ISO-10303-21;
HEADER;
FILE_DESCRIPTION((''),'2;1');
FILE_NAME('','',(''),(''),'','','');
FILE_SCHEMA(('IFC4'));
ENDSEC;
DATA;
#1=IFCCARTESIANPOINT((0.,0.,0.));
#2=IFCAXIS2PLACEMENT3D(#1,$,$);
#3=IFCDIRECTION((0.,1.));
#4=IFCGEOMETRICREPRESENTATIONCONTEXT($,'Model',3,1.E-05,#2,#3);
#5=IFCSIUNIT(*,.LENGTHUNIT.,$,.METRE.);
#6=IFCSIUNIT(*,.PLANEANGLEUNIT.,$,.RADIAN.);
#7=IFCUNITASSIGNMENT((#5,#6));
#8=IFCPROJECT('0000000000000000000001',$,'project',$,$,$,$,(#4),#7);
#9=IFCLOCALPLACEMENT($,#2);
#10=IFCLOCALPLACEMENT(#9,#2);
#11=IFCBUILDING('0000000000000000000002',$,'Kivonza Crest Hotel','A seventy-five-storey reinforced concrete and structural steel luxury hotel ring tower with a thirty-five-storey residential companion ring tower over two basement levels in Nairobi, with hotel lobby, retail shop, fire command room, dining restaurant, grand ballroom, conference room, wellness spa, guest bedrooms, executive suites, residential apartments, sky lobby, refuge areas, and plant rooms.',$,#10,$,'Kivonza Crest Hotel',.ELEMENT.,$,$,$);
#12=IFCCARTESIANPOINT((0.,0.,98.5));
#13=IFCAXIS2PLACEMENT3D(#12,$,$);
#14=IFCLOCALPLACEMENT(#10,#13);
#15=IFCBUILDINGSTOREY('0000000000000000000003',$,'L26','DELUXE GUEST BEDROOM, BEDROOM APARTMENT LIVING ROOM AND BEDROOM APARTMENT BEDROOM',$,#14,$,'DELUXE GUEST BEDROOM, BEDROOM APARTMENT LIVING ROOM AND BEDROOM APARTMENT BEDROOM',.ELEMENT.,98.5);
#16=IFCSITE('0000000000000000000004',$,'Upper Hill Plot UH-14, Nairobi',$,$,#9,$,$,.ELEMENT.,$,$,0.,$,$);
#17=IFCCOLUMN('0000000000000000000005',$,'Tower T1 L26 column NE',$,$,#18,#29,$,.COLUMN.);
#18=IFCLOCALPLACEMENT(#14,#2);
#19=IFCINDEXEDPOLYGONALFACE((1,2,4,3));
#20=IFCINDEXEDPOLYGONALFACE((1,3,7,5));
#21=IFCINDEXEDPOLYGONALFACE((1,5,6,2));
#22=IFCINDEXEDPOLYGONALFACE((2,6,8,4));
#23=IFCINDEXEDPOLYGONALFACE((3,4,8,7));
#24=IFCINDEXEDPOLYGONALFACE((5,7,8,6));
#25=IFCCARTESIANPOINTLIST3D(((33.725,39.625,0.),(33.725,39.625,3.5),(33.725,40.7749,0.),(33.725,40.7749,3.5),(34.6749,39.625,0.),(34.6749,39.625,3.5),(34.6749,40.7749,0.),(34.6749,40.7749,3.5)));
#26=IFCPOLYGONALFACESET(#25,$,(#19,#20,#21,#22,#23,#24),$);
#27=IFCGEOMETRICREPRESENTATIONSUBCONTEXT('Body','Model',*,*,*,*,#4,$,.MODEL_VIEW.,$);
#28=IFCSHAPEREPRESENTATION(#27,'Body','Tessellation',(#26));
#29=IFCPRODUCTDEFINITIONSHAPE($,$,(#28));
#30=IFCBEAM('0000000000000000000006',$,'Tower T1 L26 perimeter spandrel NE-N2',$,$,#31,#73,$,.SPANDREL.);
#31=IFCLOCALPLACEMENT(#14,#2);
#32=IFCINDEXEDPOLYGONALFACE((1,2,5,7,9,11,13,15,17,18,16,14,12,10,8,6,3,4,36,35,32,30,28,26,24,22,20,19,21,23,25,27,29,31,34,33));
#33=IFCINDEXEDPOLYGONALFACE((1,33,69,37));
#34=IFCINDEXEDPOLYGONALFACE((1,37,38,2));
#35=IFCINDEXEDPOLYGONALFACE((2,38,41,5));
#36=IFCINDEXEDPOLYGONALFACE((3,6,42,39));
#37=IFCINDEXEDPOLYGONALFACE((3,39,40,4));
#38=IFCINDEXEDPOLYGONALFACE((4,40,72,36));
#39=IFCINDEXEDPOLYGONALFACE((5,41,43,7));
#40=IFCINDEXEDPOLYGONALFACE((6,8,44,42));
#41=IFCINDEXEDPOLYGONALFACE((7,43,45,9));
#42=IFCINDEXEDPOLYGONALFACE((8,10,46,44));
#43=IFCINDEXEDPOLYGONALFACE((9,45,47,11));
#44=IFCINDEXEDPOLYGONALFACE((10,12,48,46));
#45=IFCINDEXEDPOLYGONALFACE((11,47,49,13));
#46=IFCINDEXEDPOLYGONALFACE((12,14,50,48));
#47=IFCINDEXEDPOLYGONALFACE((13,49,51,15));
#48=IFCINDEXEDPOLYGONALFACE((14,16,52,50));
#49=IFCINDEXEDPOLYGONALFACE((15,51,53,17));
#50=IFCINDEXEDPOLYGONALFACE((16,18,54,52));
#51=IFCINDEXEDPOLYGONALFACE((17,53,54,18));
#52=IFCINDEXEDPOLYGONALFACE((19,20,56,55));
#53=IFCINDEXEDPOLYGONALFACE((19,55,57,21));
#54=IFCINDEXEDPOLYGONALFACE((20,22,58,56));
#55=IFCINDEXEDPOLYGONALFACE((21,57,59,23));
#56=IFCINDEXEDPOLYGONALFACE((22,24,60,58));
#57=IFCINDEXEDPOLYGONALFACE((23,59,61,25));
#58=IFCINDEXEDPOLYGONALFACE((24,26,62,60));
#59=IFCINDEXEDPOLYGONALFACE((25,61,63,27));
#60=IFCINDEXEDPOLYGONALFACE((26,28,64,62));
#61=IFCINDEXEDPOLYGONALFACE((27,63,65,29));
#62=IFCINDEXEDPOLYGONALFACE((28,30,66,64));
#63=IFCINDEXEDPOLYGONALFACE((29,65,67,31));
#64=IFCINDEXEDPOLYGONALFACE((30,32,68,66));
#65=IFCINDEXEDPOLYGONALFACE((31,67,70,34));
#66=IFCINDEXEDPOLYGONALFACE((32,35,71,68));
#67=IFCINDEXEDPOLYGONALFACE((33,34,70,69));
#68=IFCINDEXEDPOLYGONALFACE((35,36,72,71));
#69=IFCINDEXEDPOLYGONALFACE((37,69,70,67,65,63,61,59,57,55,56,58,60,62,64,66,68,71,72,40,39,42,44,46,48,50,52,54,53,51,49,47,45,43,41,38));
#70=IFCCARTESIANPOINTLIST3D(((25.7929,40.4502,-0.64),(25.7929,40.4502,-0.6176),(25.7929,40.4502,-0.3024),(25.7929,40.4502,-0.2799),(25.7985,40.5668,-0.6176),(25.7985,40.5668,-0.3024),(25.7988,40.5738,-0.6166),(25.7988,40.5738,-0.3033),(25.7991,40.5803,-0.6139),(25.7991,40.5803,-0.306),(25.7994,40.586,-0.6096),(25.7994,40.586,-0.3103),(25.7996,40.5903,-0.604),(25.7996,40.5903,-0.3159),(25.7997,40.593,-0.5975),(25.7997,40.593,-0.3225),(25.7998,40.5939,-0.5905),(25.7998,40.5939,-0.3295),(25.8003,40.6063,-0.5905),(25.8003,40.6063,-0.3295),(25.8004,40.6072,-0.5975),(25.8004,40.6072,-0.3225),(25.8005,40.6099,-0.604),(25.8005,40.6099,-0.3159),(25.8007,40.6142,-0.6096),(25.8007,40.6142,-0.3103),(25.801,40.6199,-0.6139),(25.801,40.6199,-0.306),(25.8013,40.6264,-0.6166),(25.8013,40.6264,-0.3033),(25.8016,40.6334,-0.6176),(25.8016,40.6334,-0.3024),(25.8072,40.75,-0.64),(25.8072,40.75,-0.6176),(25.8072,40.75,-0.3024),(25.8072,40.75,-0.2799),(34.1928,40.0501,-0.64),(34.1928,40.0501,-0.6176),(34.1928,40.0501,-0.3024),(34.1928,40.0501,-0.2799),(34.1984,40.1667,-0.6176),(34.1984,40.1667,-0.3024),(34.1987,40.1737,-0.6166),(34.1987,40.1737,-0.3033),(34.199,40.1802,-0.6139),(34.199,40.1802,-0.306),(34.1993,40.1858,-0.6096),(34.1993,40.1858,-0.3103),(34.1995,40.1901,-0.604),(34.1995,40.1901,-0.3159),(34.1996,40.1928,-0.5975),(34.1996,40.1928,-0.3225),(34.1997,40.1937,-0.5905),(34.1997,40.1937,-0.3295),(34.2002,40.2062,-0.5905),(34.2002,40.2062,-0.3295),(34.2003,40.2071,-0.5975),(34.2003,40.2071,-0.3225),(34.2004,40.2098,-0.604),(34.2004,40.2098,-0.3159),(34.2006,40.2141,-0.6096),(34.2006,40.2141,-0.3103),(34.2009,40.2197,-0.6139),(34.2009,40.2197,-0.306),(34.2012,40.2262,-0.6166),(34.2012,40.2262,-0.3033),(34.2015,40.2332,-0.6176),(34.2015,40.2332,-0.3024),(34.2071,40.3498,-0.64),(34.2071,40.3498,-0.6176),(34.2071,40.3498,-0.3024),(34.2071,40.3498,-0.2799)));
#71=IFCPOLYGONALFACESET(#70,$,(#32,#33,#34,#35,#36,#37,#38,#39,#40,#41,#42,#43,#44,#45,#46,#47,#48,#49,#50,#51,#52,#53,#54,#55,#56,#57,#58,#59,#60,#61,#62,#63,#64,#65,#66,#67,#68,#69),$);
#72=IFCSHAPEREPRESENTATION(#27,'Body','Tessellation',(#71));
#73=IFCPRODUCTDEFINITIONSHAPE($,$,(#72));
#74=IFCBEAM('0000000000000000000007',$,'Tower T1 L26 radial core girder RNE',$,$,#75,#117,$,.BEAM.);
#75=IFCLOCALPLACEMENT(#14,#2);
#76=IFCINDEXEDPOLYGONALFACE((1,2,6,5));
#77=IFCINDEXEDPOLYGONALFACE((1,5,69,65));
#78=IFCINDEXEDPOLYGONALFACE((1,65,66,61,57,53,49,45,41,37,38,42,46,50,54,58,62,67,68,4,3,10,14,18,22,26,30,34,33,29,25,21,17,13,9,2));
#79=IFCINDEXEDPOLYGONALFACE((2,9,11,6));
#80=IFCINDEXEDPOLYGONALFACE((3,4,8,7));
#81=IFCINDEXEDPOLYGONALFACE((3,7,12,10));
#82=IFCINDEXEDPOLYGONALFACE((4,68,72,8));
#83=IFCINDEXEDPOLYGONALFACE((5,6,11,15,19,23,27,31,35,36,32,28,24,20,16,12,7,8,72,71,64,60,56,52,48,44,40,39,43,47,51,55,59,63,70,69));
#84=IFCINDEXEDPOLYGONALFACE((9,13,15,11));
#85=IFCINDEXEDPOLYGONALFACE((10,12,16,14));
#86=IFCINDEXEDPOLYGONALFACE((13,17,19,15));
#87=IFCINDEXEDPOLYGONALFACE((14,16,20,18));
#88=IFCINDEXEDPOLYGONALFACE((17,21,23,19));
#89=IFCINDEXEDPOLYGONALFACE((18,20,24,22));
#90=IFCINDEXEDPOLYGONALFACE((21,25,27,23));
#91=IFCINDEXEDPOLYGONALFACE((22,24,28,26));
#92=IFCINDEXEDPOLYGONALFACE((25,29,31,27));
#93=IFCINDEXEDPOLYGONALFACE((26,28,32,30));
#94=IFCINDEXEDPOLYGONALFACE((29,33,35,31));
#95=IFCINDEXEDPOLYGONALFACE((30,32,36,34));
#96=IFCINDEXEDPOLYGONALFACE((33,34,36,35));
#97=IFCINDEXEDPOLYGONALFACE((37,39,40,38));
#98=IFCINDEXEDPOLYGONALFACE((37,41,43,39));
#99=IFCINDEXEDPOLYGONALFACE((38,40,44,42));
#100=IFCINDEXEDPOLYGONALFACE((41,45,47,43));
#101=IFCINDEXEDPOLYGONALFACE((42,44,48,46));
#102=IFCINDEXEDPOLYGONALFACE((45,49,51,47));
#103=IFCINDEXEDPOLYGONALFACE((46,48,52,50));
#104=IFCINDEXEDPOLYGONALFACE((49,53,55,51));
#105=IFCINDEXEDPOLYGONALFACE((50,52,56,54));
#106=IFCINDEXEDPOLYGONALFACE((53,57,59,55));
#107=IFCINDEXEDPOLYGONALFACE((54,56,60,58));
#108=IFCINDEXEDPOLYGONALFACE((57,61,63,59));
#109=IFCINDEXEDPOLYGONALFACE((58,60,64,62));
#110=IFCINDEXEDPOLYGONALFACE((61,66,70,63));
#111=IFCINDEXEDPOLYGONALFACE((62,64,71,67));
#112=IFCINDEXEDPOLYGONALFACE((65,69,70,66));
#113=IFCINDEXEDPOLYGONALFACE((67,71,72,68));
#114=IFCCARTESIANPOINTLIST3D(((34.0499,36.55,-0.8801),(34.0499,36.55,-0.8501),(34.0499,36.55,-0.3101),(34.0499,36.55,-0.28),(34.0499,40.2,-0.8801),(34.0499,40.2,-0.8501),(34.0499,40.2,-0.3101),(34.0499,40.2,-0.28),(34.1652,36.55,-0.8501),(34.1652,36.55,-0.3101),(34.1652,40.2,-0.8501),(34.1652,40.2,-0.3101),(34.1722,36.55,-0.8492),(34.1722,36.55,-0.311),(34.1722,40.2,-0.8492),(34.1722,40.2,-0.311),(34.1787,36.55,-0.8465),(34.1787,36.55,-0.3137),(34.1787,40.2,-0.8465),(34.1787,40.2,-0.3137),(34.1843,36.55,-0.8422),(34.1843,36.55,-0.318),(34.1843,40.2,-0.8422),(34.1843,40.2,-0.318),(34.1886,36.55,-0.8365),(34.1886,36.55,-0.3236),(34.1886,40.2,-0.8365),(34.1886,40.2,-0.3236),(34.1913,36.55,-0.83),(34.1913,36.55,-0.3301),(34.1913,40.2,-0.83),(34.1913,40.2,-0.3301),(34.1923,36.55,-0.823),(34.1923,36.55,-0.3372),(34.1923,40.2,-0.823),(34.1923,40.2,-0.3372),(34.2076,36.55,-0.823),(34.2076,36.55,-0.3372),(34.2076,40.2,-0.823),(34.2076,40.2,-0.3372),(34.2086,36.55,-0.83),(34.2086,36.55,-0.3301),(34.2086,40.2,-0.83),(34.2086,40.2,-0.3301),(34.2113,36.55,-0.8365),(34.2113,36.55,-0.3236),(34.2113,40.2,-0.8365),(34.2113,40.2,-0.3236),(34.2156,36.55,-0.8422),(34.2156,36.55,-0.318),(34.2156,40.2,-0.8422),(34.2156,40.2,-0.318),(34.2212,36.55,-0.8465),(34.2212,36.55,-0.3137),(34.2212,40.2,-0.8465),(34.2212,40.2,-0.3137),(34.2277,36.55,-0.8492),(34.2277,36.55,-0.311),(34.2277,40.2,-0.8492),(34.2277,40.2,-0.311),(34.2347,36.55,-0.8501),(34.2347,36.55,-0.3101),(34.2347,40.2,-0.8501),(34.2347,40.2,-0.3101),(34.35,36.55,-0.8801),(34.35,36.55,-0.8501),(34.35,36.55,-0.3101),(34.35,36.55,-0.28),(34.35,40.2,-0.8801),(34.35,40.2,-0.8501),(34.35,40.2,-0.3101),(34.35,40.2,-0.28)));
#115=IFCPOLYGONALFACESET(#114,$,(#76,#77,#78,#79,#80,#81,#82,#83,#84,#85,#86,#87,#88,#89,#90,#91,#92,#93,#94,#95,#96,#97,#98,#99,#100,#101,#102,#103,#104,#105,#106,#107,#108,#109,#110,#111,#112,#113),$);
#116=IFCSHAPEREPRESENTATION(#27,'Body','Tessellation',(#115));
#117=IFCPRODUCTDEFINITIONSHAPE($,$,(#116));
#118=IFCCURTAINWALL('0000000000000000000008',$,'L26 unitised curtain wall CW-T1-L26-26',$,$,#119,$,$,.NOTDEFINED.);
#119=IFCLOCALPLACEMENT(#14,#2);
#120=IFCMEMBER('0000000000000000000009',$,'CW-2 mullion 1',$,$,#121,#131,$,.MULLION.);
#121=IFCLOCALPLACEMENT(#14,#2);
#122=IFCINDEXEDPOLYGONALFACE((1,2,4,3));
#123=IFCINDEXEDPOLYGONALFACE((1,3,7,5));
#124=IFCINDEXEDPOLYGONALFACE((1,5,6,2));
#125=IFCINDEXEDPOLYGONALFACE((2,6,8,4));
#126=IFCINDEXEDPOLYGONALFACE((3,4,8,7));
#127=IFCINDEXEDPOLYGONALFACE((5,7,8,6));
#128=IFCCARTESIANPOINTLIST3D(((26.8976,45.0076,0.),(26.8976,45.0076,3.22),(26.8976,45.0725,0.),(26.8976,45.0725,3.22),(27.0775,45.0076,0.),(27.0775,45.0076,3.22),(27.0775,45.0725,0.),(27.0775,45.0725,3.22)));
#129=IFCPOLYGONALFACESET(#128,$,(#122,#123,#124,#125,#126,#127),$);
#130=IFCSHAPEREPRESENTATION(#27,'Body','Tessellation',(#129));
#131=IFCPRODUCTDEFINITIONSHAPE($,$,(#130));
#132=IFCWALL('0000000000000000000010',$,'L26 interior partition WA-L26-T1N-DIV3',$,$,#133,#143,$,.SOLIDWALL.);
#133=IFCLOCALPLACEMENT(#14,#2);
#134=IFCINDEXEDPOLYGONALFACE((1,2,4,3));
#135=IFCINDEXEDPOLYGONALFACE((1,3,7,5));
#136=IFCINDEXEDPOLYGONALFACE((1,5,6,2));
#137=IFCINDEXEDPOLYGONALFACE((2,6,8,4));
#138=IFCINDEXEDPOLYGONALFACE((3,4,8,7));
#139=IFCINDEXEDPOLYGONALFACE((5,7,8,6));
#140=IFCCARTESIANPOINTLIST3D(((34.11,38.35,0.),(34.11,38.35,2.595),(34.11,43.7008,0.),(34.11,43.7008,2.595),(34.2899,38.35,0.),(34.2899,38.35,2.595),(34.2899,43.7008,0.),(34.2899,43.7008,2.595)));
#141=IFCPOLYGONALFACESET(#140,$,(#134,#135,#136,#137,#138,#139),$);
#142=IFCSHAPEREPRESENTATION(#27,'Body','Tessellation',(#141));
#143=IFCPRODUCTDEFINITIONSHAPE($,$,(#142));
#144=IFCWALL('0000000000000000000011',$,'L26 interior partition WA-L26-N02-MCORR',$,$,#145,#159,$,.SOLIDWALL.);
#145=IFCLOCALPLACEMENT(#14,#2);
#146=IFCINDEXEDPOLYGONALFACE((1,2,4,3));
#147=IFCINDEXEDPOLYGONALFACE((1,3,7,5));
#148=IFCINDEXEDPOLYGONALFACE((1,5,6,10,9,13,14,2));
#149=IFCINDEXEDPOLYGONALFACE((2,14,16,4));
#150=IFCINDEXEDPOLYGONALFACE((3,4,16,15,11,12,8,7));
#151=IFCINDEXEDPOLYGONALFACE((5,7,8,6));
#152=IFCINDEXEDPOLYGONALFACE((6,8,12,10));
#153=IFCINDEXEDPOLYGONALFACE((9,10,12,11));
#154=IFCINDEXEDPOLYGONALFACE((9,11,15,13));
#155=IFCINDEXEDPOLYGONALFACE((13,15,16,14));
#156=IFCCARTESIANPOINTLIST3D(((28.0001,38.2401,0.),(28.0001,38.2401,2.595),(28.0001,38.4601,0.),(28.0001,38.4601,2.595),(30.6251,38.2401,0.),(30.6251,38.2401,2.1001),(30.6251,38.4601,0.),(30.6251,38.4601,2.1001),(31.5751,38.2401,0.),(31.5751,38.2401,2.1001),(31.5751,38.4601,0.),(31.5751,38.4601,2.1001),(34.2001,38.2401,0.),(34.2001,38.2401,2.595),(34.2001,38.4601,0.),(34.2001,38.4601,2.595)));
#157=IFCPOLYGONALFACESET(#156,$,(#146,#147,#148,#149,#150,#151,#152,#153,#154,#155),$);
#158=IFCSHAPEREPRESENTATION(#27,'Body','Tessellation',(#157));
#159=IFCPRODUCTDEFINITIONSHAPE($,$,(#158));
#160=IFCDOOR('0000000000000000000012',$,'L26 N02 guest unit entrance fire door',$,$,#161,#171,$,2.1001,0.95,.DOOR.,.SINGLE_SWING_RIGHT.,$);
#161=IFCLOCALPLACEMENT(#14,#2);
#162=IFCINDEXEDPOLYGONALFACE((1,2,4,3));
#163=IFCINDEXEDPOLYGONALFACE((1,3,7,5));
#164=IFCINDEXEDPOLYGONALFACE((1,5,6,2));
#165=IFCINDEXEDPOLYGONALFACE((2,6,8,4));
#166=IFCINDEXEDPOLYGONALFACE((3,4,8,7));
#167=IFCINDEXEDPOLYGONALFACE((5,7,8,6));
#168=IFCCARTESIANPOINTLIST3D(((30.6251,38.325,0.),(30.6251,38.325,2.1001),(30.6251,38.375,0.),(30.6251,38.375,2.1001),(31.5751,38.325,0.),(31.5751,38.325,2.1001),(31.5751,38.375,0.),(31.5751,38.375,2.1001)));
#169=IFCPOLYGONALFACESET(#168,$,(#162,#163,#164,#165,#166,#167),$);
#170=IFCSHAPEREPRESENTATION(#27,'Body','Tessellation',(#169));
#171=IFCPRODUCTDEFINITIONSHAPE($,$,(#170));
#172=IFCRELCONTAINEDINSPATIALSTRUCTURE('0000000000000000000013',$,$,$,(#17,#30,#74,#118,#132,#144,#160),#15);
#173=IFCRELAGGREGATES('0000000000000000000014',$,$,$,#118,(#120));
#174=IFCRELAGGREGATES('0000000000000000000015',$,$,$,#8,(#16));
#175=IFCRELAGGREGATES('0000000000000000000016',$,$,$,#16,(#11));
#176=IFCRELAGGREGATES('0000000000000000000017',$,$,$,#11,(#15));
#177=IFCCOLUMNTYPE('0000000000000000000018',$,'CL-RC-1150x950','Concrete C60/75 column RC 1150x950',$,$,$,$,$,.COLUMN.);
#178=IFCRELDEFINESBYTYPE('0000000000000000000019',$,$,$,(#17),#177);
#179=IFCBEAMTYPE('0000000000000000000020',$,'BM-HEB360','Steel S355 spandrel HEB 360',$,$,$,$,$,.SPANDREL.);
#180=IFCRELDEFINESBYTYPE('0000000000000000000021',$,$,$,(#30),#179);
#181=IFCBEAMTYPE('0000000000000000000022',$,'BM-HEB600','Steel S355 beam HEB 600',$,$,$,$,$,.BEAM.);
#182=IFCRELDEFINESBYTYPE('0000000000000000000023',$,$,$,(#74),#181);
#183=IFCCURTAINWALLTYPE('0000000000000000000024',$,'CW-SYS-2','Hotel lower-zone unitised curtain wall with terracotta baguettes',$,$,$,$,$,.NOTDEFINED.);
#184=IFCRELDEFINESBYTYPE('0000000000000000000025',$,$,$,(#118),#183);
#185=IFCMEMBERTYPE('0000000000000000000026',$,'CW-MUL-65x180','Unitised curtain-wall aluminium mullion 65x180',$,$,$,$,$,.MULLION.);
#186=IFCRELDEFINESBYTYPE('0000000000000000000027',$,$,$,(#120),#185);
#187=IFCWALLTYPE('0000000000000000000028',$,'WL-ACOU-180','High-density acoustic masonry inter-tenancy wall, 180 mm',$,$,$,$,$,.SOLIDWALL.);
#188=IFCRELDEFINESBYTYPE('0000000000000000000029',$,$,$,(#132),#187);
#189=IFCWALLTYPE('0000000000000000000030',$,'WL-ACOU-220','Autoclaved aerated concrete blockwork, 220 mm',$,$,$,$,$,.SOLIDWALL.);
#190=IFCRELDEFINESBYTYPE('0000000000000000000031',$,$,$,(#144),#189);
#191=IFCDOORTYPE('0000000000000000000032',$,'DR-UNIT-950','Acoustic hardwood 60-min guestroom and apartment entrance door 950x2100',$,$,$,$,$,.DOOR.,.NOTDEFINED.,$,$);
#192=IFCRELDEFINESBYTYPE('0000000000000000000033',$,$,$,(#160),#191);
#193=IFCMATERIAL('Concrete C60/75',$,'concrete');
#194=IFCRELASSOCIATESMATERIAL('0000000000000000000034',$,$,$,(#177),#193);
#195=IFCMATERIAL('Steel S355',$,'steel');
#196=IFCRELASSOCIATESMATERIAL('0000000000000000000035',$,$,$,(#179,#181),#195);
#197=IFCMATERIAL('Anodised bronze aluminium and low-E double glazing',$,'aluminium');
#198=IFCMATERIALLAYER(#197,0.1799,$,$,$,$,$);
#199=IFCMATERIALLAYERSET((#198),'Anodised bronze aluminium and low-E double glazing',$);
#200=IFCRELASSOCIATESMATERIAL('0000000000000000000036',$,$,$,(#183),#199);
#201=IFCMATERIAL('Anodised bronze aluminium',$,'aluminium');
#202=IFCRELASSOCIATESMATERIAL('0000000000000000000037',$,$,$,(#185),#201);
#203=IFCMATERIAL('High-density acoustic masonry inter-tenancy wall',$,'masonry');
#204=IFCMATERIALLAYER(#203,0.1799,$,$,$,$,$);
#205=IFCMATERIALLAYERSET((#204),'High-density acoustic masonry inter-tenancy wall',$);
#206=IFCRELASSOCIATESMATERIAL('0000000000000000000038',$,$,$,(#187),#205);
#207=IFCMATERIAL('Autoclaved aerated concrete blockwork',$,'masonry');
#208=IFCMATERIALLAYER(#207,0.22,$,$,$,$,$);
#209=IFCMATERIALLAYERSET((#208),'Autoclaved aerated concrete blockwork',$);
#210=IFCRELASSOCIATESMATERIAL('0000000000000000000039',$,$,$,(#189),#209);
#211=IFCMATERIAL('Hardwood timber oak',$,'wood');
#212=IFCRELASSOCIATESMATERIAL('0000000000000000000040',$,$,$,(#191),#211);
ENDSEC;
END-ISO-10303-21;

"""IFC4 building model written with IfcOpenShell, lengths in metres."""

from ifc_helpers import new_model, si_unit, direction, frame, frame_2d, origin, origin_2d, place, context, subcontext, project, spatial, rectangle, i_section, extrude, material, layer, layer_set, material_profile, profile_set, type_object, element, fill, aggregate, save


model = new_model("IFC4")

# Units and contexts
model_context = context("Model", 3, precision=1e-05, world=origin(), true_north=direction((0.0, 1.0)))
body_context = subcontext(model_context, "Body", "Model", "MODEL_VIEW")
ifc_project = project(units=[si_unit("LENGTHUNIT", "METRE"), si_unit("PLANEANGLEUNIT", "RADIAN")], contexts=[model_context])

# Site, building, storey
site_placement = place(None, origin())
site = spatial("IfcSite", under=ifc_project, at=site_placement, Name="Upper Hill Plot UH-14, Nairobi", CompositionType="ELEMENT", RefElevation=0.0)
building_placement = place(site_placement, origin())
building = spatial("IfcBuilding", under=site, at=building_placement, Name="Kivonza Crest Hotel", Description="A seventy-five-storey reinforced concrete and structural steel luxury hotel ring tower with a thirty-five-storey residential companion ring tower over two basement levels in Nairobi, with hotel lobby, retail shop, fire command room, dining restaurant, grand ballroom, conference room, wellness spa, guest bedrooms, executive suites, residential apartments, sky lobby, refuge areas, and plant rooms.", LongName="Kivonza Crest Hotel", CompositionType="ELEMENT")
storey_placement = place(building_placement, frame((0.0, 0.0, 98.5)))
storey = spatial("IfcBuildingStorey", under=building, at=storey_placement, Name="L26", Description="DELUXE GUEST BEDROOM, BEDROOM APARTMENT LIVING ROOM AND BEDROOM APARTMENT BEDROOM", LongName="DELUXE GUEST BEDROOM, BEDROOM APARTMENT LIVING ROOM AND BEDROOM APARTMENT BEDROOM", CompositionType="ELEMENT", Elevation=98.5)

# Column
ifc_material_1 = material(Name="Concrete C60/75", Category="concrete")
ifc_material_profile_1 = material_profile(ifc_material_1, rectangle(XDim=0.95, YDim=1.1499, at=origin_2d()), Name="RC 1150x950")
ifc_profile_set_1 = profile_set([ifc_material_profile_1], Name="Concrete C60/75")
column_type = type_object("IfcColumnType", Name="CL-RC-1150x950", Description="Concrete C60/75 column RC 1150x950", PredefinedType="COLUMN", material=ifc_profile_set_1)
column_placement = place(storey_placement, frame((34.2, 40.2, 0.0), z_axis=(0.0, 0.0, 1.0), x_axis=(1.0, 0.0, 0.0)))
element("IfcColumn", 1, at=column_placement, inside=storey, type_object=column_type, Name="Tower T1 L26 column NE", PredefinedType="COLUMN", context=body_context, shape_type="SweptSolid", body=[
    extrude(rectangle(XDim=0.95, YDim=1.1499, at=origin_2d()), origin(), (0.0, 0.0, 1.0), 3.5),
])

# Beams
ifc_material_2 = material(Name="Steel S355", Category="steel")
ifc_material_profile_2 = material_profile(ifc_material_2, i_section(OverallWidth=0.3, OverallDepth=0.3601, WebThickness=0.0125, FlangeThickness=0.0225, FilletRadius=0.0271, at=origin_2d()), Name="HEB 360")
ifc_profile_set_2 = profile_set([ifc_material_profile_2], Name="Steel S355")
beam_type_1 = type_object("IfcBeamType", Name="BM-HEB360", Description="Steel S355 spandrel HEB 360", PredefinedType="SPANDREL", material=ifc_profile_set_2)
beam_1_placement = place(storey_placement, frame((34.2, 40.2, -0.46), z_axis=(-0.998867, 0.047583, 0.0), x_axis=(-0.047583, -0.998867, 0.0)))
element("IfcBeam", 2, at=beam_1_placement, inside=storey, type_object=beam_type_1, Name="Tower T1 L26 perimeter spandrel NE-N2", PredefinedType="SPANDREL", context=body_context, shape_type="SweptSolid", body=[
    extrude(i_section(OverallWidth=0.3, OverallDepth=0.3601, WebThickness=0.0125, FlangeThickness=0.0225, FilletRadius=0.0271, at=origin_2d()), origin(), (0.0, 0.0, 1.0), 8.4094),
])
ifc_material_profile_3 = material_profile(ifc_material_2, i_section(OverallWidth=0.3, OverallDepth=0.6001, WebThickness=0.0154, FlangeThickness=0.03, FilletRadius=0.0271, at=origin_2d()), Name="HEB 600")
ifc_profile_set_3 = profile_set([ifc_material_profile_3], Name="Steel S355")
beam_type_2 = type_object("IfcBeamType", Name="BM-HEB600", Description="Steel S355 beam HEB 600", PredefinedType="BEAM", material=ifc_profile_set_3)
beam_2_placement = place(storey_placement, frame((34.2, 40.2, -0.5801), z_axis=(0.0, -1.0, 0.0), x_axis=(1.0, 0.0, 0.0)))
element("IfcBeam", 3, at=beam_2_placement, inside=storey, type_object=beam_type_2, Name="Tower T1 L26 radial core girder RNE", PredefinedType="BEAM", context=body_context, shape_type="SweptSolid", body=[
    extrude(i_section(OverallWidth=0.3, OverallDepth=0.6001, WebThickness=0.0154, FlangeThickness=0.03, FilletRadius=0.0271, at=origin_2d()), origin(), (0.0, 0.0, 1.0), 3.6499),
])

# Curtain wall, member
ifc_material_3 = material(Name="Anodised bronze aluminium and low-E double glazing", Category="aluminium")
ifc_layer_1 = layer(ifc_material_3, 0.1799)
ifc_layer_set_1 = layer_set([ifc_layer_1], Name="Anodised bronze aluminium and low-E double glazing")
curtain_wall_type = type_object("IfcCurtainWallType", Name="CW-SYS-2", Description="Hotel lower-zone unitised curtain wall with terracotta baguettes", PredefinedType="NOTDEFINED", material=ifc_layer_set_1)
curtain_wall_placement = place(storey_placement, origin())
curtain_wall = element("IfcCurtainWall", 4, at=curtain_wall_placement, inside=storey, type_object=curtain_wall_type, Name="L26 unitised curtain wall CW-T1-L26-26", PredefinedType="NOTDEFINED")
ifc_material_4 = material(Name="Anodised bronze aluminium", Category="aluminium")
ifc_material_profile_4 = material_profile(ifc_material_4, rectangle(XDim=0.0649, YDim=0.1799, at=origin_2d()), Name="CW-M 65x180")
ifc_profile_set_4 = profile_set([ifc_material_profile_4], Name="Anodised bronze aluminium")
member_type = type_object("IfcMemberType", Name="CW-MUL-65x180", Description="Unitised curtain-wall aluminium mullion 65x180", PredefinedType="MULLION", material=ifc_profile_set_4)
member_placement = place(storey_placement, frame((26.9875, 45.04, 0.0), z_axis=(0.0, 0.0, 1.0), x_axis=(0.0, -1.0, 0.0)))
member = element("IfcMember", 5, at=member_placement, type_object=member_type, Name="CW-2 mullion 1", PredefinedType="MULLION", context=body_context, shape_type="SweptSolid", body=[
    extrude(rectangle(XDim=0.0649, YDim=0.1799, at=origin_2d()), origin(), (0.0, 0.0, 1.0), 3.22),
])
aggregate(curtain_wall, [member])

# Wall
ifc_material_5 = material(Name="High-density acoustic masonry inter-tenancy wall", Category="masonry")
ifc_layer_2 = layer(ifc_material_5, 0.1799)
ifc_layer_set_2 = layer_set([ifc_layer_2], Name="High-density acoustic masonry inter-tenancy wall")
wall_type_1 = type_object("IfcWallType", Name="WL-ACOU-180", Description="High-density acoustic masonry inter-tenancy wall, 180 mm", PredefinedType="SOLIDWALL", material=ifc_layer_set_2)
wall_1_placement = place(storey_placement, frame((34.2, 38.3501, 0.0), z_axis=(0.0, 0.0, 1.0), x_axis=(0.0, 1.0, 0.0)))
element("IfcWall", 6, at=wall_1_placement, inside=storey, type_object=wall_type_1, Name="L26 interior partition WA-L26-T1N-DIV3", PredefinedType="SOLIDWALL", context=body_context, shape_type="SweptSolid", body=[
    extrude(rectangle(XDim=5.3508, YDim=0.1799, at=frame_2d((2.6753, 0.0))), origin(), (0.0, 0.0, 1.0), 2.595),
])

# Wall, opening, door
ifc_material_6 = material(Name="Autoclaved aerated concrete blockwork", Category="masonry")
ifc_layer_3 = layer(ifc_material_6, 0.22)
ifc_layer_set_3 = layer_set([ifc_layer_3], Name="Autoclaved aerated concrete blockwork")
wall_type_2 = type_object("IfcWallType", Name="WL-ACOU-220", Description="Autoclaved aerated concrete blockwork, 220 mm", PredefinedType="SOLIDWALL", material=ifc_layer_set_3)
wall_2_placement = place(storey_placement, frame((28.0, 38.3501, 0.0), z_axis=(0.0, 0.0, 1.0), x_axis=(1.0, 0.0, 0.0)))
wall_2 = element("IfcWall", 7, at=wall_2_placement, inside=storey, type_object=wall_type_2, Name="L26 interior partition WA-L26-N02-MCORR", PredefinedType="SOLIDWALL", context=body_context, shape_type="SweptSolid", body=[
    extrude(rectangle(XDim=6.2, YDim=0.22, at=frame_2d((3.1001, 0.0))), origin(), (0.0, 0.0, 1.0), 2.595),
])
opening_1_placement = place(wall_2_placement, frame((2.625, 0.0, 0.0)))
opening_1 = element("IfcOpeningElement", 8, at=opening_1_placement, cuts=wall_2, PredefinedType="OPENING", context=body_context, shape_type="SweptSolid", body=[
    extrude(rectangle(XDim=0.95, YDim=2.1001, at=frame_2d((0.4751, 1.05))), frame((0.0, 0.1201, 0.0), z_axis=(0.0, -1.0, 0.0), x_axis=(1.0, 0.0, 0.0)), (0.0, 0.0, 1.0), 0.24),
])
ifc_material_7 = material(Name="Hardwood timber oak", Category="wood")
door_type_1 = type_object("IfcDoorType", Name="DR-UNIT-950", Description="Acoustic hardwood 60-min guestroom and apartment entrance door 950x2100", OperationType="NOTDEFINED", PredefinedType="DOOR", material=ifc_material_7)
door_1_placement = place(opening_1_placement, origin())
door_1 = element("IfcDoor", 9, at=door_1_placement, inside=storey, type_object=door_type_1, Name="L26 N02 guest unit entrance fire door", OperationType="SINGLE_SWING_RIGHT", OverallHeight=2.1001, OverallWidth=0.95, PredefinedType="DOOR", context=body_context, shape_type="SweptSolid", body=[
    extrude(rectangle(XDim=0.95, YDim=2.1001, at=frame_2d((0.4751, 1.05))), frame((0.0, 0.0249, 0.0), z_axis=(0.0, -1.0, 0.0), x_axis=(1.0, 0.0, 0.0)), (0.0, 0.0, 1.0), 0.05),
])
fill(opening_1, door_1)

save(model, "model.ifc")
